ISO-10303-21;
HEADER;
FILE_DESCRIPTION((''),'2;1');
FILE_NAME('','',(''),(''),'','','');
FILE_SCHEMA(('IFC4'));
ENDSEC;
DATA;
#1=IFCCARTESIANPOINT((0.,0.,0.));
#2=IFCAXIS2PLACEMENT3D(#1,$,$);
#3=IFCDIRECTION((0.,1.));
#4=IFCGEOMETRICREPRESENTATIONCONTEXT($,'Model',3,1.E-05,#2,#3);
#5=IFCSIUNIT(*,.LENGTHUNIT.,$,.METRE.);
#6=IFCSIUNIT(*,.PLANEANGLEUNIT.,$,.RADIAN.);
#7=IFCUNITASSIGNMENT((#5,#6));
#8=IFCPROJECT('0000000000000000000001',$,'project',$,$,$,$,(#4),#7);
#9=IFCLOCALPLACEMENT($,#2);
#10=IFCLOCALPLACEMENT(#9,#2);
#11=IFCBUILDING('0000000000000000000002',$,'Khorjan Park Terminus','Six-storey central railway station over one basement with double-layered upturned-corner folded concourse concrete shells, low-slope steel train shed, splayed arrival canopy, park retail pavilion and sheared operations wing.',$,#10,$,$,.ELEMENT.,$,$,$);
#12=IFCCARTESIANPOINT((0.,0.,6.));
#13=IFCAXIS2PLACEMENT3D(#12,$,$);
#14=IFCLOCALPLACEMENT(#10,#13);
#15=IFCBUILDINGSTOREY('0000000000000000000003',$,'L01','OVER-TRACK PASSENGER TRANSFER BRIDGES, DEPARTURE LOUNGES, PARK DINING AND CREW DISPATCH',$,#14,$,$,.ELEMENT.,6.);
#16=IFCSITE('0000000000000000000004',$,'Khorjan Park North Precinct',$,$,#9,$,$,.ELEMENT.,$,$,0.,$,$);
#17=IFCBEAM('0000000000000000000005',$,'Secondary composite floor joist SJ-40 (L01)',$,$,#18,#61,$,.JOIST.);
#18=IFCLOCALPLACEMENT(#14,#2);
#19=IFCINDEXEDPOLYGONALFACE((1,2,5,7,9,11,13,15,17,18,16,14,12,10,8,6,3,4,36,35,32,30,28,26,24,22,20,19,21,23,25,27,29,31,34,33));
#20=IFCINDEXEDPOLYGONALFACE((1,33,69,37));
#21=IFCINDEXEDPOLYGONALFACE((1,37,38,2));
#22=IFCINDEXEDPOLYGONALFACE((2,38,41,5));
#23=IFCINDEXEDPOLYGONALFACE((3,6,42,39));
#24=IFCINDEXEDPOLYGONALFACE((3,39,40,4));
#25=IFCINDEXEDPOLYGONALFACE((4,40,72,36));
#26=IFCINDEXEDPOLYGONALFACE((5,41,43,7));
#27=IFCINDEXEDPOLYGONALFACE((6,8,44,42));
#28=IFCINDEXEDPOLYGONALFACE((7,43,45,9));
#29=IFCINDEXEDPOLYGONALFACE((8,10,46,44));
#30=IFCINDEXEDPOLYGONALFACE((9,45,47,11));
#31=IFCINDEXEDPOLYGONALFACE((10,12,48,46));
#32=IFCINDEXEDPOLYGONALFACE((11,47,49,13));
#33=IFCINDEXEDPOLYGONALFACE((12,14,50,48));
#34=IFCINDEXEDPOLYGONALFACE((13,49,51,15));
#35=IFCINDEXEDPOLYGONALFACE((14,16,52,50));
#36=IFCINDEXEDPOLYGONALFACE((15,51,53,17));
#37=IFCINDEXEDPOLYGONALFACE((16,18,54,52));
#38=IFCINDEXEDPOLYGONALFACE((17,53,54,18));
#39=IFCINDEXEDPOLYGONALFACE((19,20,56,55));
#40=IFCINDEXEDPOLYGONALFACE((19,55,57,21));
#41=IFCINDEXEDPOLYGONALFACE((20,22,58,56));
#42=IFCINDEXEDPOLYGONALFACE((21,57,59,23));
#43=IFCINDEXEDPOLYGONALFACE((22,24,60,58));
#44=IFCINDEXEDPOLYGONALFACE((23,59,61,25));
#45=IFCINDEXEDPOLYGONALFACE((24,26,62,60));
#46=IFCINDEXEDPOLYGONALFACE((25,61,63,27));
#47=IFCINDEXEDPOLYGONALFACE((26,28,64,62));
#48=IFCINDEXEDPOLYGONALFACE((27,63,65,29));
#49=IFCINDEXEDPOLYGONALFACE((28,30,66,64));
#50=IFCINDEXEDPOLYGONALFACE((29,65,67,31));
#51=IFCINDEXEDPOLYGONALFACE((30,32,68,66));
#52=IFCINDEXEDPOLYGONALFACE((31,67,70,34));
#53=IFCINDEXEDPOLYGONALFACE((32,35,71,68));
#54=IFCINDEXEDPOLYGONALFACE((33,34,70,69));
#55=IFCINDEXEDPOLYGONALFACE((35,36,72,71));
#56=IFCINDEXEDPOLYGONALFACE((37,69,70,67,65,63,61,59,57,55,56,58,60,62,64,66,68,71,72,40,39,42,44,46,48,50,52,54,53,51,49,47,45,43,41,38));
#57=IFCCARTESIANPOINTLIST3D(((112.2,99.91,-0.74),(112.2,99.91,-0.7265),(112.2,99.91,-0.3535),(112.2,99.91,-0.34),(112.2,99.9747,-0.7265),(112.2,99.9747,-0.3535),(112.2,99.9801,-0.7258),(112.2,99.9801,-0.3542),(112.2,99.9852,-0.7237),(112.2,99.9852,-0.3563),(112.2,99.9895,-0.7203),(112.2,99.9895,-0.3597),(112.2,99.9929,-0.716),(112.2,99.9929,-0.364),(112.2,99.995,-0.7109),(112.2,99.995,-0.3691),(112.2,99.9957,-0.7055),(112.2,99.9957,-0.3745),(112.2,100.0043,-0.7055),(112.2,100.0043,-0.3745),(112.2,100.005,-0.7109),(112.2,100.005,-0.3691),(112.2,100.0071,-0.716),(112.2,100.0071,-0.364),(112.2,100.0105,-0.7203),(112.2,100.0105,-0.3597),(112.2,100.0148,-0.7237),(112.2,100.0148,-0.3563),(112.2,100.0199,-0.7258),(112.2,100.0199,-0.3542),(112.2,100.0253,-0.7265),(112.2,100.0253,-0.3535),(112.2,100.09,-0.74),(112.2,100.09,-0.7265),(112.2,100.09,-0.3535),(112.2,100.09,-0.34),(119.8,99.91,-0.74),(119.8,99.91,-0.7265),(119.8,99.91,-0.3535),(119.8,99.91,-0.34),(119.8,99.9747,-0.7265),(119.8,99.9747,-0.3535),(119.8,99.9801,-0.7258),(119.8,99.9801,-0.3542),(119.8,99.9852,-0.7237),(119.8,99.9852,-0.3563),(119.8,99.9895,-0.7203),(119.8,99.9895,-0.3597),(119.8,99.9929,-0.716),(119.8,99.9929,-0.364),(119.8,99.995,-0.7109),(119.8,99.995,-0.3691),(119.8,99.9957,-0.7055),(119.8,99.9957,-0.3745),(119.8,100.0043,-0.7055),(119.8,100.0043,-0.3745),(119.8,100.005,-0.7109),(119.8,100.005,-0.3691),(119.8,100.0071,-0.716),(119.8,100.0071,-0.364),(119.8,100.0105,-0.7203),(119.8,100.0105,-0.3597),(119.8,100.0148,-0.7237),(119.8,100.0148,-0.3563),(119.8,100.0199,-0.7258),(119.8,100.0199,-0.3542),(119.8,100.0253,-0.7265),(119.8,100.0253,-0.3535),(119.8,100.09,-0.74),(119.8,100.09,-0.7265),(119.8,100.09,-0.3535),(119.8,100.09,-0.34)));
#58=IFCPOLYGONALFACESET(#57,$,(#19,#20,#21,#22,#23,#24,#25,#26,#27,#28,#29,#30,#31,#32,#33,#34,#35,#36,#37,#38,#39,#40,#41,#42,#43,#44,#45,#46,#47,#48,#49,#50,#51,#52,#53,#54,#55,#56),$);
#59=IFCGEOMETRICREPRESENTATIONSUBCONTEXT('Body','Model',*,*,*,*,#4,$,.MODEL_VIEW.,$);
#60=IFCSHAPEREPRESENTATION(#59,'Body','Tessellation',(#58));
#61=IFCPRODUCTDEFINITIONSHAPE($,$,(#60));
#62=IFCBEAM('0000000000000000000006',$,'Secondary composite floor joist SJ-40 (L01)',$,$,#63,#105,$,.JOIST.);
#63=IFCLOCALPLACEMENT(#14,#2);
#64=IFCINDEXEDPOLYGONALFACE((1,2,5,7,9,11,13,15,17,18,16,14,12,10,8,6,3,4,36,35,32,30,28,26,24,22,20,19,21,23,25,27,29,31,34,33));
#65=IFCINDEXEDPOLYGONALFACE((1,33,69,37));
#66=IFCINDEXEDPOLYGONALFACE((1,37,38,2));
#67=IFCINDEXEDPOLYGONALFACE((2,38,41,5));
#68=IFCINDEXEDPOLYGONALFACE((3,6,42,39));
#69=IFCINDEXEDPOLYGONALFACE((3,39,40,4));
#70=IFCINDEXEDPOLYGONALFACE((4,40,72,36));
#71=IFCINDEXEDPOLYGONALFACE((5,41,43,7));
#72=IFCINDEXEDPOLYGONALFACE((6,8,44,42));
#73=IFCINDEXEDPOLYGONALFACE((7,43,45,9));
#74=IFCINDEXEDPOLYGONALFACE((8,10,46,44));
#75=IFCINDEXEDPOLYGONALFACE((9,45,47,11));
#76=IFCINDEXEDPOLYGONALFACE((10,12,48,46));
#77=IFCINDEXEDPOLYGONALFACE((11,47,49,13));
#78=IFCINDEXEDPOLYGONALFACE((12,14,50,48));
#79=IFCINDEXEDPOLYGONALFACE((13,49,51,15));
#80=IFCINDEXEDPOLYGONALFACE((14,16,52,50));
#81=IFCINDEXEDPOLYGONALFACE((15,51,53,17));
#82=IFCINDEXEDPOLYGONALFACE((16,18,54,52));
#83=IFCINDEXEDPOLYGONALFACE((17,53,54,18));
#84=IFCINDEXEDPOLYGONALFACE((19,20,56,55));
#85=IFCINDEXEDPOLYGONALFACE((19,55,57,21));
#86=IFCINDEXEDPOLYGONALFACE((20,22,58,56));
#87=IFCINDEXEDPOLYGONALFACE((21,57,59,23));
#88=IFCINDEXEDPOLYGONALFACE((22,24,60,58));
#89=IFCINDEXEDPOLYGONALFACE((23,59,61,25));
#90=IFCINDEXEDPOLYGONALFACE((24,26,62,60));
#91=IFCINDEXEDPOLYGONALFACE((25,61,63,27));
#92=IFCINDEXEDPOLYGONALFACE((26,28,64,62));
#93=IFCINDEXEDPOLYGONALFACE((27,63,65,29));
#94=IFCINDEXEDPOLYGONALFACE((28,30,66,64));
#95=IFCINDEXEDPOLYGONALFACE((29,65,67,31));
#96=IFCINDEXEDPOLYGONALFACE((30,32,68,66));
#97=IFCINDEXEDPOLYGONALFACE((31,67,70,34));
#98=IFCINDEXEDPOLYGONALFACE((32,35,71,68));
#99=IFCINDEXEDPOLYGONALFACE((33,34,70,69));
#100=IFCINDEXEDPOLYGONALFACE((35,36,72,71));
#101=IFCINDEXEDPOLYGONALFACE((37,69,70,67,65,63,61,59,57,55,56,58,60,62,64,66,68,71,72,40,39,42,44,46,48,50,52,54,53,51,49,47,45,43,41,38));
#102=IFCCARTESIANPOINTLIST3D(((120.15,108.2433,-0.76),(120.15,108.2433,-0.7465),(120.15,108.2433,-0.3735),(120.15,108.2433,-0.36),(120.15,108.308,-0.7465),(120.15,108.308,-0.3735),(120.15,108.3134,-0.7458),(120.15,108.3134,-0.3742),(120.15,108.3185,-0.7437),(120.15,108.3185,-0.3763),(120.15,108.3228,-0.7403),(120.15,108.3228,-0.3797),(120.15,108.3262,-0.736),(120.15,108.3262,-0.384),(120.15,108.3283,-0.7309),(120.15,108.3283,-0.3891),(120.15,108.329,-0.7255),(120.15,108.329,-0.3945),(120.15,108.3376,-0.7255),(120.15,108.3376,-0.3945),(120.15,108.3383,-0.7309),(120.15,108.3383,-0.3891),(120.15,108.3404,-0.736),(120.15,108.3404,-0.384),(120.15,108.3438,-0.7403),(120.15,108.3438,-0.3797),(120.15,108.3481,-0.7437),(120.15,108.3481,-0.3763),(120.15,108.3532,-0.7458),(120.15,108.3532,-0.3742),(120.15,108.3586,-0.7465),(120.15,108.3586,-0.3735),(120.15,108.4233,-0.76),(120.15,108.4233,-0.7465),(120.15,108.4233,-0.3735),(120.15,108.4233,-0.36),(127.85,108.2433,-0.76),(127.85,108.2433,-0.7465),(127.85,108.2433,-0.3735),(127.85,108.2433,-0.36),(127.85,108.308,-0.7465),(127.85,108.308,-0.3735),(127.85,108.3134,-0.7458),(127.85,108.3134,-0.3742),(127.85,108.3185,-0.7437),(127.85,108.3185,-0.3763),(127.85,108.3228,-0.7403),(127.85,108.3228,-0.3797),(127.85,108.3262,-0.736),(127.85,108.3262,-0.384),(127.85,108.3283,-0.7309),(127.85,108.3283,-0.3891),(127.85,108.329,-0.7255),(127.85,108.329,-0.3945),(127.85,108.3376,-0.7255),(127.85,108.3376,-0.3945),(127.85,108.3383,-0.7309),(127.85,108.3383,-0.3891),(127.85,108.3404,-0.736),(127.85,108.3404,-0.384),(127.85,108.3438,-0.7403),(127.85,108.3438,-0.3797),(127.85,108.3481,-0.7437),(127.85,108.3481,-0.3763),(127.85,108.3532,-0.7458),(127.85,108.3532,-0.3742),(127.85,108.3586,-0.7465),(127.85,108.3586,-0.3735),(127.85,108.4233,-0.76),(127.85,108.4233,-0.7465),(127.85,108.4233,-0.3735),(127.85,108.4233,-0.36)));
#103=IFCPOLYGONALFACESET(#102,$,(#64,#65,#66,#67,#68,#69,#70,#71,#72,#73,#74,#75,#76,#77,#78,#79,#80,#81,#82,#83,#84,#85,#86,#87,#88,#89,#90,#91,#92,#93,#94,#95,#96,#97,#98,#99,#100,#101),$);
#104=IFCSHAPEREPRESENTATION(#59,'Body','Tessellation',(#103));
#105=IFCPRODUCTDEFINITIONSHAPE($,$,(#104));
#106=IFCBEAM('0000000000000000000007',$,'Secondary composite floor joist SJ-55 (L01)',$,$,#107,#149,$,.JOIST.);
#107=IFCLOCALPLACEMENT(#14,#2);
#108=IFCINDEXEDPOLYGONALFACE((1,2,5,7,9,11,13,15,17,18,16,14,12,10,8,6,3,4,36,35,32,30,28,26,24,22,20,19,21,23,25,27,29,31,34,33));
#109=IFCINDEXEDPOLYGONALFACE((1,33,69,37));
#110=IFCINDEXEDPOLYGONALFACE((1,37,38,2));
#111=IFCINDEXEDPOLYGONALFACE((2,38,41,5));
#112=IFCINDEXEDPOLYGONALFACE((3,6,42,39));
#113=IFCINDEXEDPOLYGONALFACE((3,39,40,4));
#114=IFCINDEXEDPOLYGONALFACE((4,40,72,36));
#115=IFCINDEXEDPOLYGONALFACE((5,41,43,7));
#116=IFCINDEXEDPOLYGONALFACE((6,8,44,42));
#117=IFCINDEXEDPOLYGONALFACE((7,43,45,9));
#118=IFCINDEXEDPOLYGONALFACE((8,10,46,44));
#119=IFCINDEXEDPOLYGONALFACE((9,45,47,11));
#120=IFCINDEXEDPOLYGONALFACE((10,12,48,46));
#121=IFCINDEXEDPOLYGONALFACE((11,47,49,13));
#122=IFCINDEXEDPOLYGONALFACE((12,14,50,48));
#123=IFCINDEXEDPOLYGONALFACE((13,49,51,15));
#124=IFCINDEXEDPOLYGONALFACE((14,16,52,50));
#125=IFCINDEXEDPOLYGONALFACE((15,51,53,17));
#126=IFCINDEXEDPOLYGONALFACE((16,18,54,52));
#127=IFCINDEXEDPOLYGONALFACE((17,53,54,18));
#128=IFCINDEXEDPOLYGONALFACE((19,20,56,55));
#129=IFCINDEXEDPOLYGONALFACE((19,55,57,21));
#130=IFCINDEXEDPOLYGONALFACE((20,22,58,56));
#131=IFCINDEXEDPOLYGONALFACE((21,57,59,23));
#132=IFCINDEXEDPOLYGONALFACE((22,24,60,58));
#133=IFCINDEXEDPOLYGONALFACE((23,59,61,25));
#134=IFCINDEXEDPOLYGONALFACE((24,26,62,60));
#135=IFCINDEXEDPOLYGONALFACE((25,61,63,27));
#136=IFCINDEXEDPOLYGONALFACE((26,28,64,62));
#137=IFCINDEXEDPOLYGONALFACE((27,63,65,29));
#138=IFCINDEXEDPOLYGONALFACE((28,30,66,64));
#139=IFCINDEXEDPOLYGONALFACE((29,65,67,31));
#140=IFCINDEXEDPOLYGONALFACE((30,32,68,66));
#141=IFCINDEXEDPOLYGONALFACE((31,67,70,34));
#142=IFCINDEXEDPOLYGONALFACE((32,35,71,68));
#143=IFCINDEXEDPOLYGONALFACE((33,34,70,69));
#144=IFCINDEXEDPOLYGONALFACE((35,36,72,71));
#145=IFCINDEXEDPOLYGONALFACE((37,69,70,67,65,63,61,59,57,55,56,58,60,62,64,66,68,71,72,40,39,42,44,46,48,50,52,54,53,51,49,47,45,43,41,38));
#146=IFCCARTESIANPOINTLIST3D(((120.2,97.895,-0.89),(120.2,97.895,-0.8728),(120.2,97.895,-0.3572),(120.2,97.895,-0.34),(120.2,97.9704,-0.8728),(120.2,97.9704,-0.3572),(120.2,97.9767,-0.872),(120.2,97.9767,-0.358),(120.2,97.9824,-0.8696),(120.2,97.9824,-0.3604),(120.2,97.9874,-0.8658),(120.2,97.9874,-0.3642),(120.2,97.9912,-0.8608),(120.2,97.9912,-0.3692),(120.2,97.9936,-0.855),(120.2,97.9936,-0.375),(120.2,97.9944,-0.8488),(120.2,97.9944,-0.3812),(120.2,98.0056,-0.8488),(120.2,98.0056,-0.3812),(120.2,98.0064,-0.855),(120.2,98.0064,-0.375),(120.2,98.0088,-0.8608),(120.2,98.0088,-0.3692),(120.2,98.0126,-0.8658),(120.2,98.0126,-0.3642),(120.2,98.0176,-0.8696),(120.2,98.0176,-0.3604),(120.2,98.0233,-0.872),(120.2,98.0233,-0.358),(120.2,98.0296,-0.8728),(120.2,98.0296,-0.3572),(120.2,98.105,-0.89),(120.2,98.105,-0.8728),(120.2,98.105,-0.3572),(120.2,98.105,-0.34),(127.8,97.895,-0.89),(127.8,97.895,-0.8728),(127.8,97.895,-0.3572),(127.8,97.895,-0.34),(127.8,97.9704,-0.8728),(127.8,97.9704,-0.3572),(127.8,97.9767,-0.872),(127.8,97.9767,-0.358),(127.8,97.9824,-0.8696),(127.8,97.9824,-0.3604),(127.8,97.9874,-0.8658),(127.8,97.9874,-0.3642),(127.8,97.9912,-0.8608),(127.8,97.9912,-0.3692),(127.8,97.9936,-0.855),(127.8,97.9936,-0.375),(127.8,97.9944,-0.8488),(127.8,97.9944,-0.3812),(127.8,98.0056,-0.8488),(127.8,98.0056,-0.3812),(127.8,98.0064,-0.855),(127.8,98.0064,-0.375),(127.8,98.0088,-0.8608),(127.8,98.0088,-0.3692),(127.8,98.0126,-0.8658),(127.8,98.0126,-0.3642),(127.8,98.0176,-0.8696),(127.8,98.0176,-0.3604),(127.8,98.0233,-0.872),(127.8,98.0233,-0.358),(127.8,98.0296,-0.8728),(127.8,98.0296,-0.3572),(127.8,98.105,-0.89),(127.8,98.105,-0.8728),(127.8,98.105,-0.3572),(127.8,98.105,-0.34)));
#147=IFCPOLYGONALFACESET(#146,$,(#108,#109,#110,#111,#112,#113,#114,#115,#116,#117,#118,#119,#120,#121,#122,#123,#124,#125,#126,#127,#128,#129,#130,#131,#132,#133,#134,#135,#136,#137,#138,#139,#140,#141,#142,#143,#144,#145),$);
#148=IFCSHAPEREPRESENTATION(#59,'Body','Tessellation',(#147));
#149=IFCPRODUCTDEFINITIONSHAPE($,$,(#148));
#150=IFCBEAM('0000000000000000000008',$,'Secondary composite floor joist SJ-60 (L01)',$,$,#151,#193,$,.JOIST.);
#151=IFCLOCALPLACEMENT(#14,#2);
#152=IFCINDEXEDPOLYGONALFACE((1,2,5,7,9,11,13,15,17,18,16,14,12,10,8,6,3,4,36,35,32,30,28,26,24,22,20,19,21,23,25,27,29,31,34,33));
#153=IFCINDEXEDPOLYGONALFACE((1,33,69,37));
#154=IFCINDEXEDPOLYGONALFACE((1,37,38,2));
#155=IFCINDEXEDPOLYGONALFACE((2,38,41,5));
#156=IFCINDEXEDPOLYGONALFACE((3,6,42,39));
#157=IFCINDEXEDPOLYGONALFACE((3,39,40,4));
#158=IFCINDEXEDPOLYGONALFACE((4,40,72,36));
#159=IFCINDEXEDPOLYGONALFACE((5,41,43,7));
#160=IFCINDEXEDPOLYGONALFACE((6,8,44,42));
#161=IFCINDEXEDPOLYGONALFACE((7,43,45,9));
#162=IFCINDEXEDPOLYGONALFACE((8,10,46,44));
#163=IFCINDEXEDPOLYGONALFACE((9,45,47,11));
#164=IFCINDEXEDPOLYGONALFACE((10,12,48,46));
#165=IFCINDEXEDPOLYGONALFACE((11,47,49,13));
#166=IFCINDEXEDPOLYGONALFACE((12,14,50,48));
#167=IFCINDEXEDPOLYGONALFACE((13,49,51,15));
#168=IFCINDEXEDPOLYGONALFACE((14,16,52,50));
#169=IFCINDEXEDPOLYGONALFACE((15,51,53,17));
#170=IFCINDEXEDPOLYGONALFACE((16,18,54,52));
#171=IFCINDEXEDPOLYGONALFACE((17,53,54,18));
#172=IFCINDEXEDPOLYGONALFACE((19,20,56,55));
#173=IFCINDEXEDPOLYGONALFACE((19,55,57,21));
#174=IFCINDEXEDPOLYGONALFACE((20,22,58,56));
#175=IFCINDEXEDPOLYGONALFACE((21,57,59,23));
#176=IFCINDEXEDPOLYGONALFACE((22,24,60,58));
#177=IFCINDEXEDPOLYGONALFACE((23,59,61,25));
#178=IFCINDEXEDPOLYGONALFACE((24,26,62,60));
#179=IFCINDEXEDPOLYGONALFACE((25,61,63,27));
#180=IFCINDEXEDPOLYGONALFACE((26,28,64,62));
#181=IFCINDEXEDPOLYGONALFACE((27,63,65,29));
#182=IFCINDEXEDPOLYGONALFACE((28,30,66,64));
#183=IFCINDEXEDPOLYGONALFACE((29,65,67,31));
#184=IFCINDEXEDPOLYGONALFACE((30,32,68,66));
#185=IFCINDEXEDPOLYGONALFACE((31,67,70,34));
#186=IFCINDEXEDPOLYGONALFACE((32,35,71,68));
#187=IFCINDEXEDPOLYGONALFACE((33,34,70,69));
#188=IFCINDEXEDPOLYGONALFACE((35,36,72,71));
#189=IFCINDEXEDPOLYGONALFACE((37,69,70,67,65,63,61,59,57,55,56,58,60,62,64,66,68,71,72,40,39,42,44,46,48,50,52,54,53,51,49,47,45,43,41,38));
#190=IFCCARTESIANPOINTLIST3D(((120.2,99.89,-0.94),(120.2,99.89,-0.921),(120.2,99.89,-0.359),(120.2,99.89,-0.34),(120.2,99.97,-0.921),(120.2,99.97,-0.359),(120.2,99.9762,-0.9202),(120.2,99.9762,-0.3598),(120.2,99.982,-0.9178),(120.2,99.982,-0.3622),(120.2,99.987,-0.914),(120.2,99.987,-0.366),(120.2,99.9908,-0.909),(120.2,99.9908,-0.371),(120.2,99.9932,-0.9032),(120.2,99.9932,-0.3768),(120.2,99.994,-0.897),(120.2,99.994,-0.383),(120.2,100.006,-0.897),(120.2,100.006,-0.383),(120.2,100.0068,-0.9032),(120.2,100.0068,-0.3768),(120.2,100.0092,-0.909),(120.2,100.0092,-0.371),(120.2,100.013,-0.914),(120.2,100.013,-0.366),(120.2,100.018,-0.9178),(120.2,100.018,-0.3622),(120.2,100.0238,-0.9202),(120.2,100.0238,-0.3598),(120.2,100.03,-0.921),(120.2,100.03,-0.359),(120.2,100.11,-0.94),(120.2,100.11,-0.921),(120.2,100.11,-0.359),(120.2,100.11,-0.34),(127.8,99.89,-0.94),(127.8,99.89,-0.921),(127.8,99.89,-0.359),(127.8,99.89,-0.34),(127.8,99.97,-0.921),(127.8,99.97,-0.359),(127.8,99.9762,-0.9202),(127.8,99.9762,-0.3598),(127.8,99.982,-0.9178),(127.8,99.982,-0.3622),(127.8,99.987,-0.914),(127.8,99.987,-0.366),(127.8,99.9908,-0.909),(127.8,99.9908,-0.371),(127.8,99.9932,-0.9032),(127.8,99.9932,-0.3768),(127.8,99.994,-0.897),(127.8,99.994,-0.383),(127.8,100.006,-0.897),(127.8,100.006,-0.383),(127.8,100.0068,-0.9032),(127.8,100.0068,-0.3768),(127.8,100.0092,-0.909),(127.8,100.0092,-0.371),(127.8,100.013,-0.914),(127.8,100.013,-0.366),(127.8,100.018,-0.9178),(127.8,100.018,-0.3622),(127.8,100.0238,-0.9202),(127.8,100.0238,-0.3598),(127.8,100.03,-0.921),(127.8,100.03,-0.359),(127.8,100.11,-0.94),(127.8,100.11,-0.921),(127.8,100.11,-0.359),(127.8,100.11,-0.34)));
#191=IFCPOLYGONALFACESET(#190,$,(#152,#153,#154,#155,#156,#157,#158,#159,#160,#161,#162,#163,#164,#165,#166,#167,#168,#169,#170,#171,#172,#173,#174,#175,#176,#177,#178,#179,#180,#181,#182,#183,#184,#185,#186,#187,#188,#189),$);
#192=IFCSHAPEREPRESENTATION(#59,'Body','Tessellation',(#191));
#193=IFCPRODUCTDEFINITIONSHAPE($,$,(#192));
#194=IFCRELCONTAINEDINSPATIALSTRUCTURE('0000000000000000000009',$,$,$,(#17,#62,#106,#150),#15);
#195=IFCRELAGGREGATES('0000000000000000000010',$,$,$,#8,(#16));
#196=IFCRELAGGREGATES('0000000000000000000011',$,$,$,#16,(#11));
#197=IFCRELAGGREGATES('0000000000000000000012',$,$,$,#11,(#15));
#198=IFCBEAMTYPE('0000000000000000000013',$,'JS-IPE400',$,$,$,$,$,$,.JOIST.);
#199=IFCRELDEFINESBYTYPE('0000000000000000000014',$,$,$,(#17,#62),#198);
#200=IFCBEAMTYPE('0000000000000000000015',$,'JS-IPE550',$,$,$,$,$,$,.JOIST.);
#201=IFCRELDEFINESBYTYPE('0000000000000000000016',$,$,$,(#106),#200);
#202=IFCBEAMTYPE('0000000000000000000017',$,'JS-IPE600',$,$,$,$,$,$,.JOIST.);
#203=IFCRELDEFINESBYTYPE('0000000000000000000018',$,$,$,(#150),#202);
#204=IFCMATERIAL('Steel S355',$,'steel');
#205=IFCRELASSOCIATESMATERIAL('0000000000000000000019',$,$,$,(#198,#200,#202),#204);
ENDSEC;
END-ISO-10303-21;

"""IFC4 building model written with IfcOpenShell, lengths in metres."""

from ifc_helpers import new_model, si_unit, direction, frame, origin, origin_2d, place, context, subcontext, project, spatial, i_section, extrude, material, material_profile, profile_set, type_object, element, save


model = new_model("IFC4")

# Units and contexts
model_context = context("Model", 3, precision=1e-05, world=origin(), true_north=direction((0.0, 1.0)))
body_context = subcontext(model_context, "Body", "Model", "MODEL_VIEW")
ifc_project = project(units=[si_unit("LENGTHUNIT", "METRE"), si_unit("PLANEANGLEUNIT", "RADIAN")], contexts=[model_context])

# Site, building, storey
site_placement = place(None, origin())
site = spatial("IfcSite", under=ifc_project, at=site_placement, Name="Khorjan Park North Precinct", CompositionType="ELEMENT", RefElevation=0.0)
building_placement = place(site_placement, origin())
building = spatial("IfcBuilding", under=site, at=building_placement, Name="Khorjan Park Terminus", Description="Six-storey central railway station over one basement with double-layered upturned-corner folded concourse concrete shells, low-slope steel train shed, splayed arrival canopy, park retail pavilion and sheared operations wing.", CompositionType="ELEMENT")
storey_placement = place(building_placement, frame((0.0, 0.0, 6.0)))
storey = spatial("IfcBuildingStorey", under=building, at=storey_placement, Name="L01", Description="OVER-TRACK PASSENGER TRANSFER BRIDGES, DEPARTURE LOUNGES, PARK DINING AND CREW DISPATCH", CompositionType="ELEMENT", Elevation=6.0)

# Shared definitions
ifc_material_1 = material(Name="Steel S355", Category="steel")

# Beams
ifc_material_profile_1 = material_profile(ifc_material_1, i_section(OverallWidth=0.18, OverallDepth=0.4, WebThickness=0.0086, FlangeThickness=0.0135, FilletRadius=0.021, at=origin_2d()), Name="IPE 400")
ifc_profile_set_1 = profile_set([ifc_material_profile_1], Name="Steel S355")
beam_type_1 = type_object("IfcBeamType", Name="JS-IPE400", PredefinedType="JOIST", material=ifc_profile_set_1)
beam_1_placement = place(storey_placement, frame((112.2, 100.0, -0.54), z_axis=(1.0, 0.0, 0.0), x_axis=(0.0, 1.0, 0.0)))
element("IfcBeam", 1, at=beam_1_placement, inside=storey, type_object=beam_type_1, Name="Secondary composite floor joist SJ-40 (L01)", PredefinedType="JOIST", context=body_context, shape_type="SweptSolid", body=[
    extrude(i_section(OverallWidth=0.18, OverallDepth=0.4, WebThickness=0.0086, FlangeThickness=0.0135, FilletRadius=0.021, at=origin_2d()), origin(), (0.0, 0.0, 1.0), 7.6),
])
beam_2_placement = place(storey_placement, frame((120.15, 108.3333, -0.56), z_axis=(1.0, 0.0, 0.0), x_axis=(0.0, 1.0, 0.0)))
element("IfcBeam", 2, at=beam_2_placement, inside=storey, type_object=beam_type_1, Name="Secondary composite floor joist SJ-40 (L01)", PredefinedType="JOIST", context=body_context, shape_type="SweptSolid", body=[
    extrude(i_section(OverallWidth=0.18, OverallDepth=0.4, WebThickness=0.0086, FlangeThickness=0.0135, FilletRadius=0.021, at=origin_2d()), origin(), (0.0, 0.0, 1.0), 7.7),
])
ifc_material_profile_2 = material_profile(ifc_material_1, i_section(OverallWidth=0.21, OverallDepth=0.55, WebThickness=0.0111, FlangeThickness=0.0172, FilletRadius=0.024, at=origin_2d()), Name="IPE 550")
ifc_profile_set_2 = profile_set([ifc_material_profile_2], Name="Steel S355")
beam_type_2 = type_object("IfcBeamType", Name="JS-IPE550", PredefinedType="JOIST", material=ifc_profile_set_2)
beam_3_placement = place(storey_placement, frame((120.2, 98.0, -0.615), z_axis=(1.0, 0.0, 0.0), x_axis=(0.0, 1.0, 0.0)))
element("IfcBeam", 3, at=beam_3_placement, inside=storey, type_object=beam_type_2, Name="Secondary composite floor joist SJ-55 (L01)", PredefinedType="JOIST", context=body_context, shape_type="SweptSolid", body=[
    extrude(i_section(OverallWidth=0.21, OverallDepth=0.55, WebThickness=0.0111, FlangeThickness=0.0172, FilletRadius=0.024, at=origin_2d()), origin(), (0.0, 0.0, 1.0), 7.6),
])
ifc_material_profile_3 = material_profile(ifc_material_1, i_section(OverallWidth=0.22, OverallDepth=0.6, WebThickness=0.012, FlangeThickness=0.019, FilletRadius=0.024, at=origin_2d()), Name="IPE 600")
ifc_profile_set_3 = profile_set([ifc_material_profile_3], Name="Steel S355")
beam_type_3 = type_object("IfcBeamType", Name="JS-IPE600", PredefinedType="JOIST", material=ifc_profile_set_3)
beam_4_placement = place(storey_placement, frame((120.2, 100.0, -0.64), z_axis=(1.0, 0.0, 0.0), x_axis=(0.0, 1.0, 0.0)))
element("IfcBeam", 4, at=beam_4_placement, inside=storey, type_object=beam_type_3, Name="Secondary composite floor joist SJ-60 (L01)", PredefinedType="JOIST", context=body_context, shape_type="SweptSolid", body=[
    extrude(i_section(OverallWidth=0.22, OverallDepth=0.6, WebThickness=0.012, FlangeThickness=0.019, FilletRadius=0.024, at=origin_2d()), origin(), (0.0, 0.0, 1.0), 7.6),
])

save(model, "model.ifc")
